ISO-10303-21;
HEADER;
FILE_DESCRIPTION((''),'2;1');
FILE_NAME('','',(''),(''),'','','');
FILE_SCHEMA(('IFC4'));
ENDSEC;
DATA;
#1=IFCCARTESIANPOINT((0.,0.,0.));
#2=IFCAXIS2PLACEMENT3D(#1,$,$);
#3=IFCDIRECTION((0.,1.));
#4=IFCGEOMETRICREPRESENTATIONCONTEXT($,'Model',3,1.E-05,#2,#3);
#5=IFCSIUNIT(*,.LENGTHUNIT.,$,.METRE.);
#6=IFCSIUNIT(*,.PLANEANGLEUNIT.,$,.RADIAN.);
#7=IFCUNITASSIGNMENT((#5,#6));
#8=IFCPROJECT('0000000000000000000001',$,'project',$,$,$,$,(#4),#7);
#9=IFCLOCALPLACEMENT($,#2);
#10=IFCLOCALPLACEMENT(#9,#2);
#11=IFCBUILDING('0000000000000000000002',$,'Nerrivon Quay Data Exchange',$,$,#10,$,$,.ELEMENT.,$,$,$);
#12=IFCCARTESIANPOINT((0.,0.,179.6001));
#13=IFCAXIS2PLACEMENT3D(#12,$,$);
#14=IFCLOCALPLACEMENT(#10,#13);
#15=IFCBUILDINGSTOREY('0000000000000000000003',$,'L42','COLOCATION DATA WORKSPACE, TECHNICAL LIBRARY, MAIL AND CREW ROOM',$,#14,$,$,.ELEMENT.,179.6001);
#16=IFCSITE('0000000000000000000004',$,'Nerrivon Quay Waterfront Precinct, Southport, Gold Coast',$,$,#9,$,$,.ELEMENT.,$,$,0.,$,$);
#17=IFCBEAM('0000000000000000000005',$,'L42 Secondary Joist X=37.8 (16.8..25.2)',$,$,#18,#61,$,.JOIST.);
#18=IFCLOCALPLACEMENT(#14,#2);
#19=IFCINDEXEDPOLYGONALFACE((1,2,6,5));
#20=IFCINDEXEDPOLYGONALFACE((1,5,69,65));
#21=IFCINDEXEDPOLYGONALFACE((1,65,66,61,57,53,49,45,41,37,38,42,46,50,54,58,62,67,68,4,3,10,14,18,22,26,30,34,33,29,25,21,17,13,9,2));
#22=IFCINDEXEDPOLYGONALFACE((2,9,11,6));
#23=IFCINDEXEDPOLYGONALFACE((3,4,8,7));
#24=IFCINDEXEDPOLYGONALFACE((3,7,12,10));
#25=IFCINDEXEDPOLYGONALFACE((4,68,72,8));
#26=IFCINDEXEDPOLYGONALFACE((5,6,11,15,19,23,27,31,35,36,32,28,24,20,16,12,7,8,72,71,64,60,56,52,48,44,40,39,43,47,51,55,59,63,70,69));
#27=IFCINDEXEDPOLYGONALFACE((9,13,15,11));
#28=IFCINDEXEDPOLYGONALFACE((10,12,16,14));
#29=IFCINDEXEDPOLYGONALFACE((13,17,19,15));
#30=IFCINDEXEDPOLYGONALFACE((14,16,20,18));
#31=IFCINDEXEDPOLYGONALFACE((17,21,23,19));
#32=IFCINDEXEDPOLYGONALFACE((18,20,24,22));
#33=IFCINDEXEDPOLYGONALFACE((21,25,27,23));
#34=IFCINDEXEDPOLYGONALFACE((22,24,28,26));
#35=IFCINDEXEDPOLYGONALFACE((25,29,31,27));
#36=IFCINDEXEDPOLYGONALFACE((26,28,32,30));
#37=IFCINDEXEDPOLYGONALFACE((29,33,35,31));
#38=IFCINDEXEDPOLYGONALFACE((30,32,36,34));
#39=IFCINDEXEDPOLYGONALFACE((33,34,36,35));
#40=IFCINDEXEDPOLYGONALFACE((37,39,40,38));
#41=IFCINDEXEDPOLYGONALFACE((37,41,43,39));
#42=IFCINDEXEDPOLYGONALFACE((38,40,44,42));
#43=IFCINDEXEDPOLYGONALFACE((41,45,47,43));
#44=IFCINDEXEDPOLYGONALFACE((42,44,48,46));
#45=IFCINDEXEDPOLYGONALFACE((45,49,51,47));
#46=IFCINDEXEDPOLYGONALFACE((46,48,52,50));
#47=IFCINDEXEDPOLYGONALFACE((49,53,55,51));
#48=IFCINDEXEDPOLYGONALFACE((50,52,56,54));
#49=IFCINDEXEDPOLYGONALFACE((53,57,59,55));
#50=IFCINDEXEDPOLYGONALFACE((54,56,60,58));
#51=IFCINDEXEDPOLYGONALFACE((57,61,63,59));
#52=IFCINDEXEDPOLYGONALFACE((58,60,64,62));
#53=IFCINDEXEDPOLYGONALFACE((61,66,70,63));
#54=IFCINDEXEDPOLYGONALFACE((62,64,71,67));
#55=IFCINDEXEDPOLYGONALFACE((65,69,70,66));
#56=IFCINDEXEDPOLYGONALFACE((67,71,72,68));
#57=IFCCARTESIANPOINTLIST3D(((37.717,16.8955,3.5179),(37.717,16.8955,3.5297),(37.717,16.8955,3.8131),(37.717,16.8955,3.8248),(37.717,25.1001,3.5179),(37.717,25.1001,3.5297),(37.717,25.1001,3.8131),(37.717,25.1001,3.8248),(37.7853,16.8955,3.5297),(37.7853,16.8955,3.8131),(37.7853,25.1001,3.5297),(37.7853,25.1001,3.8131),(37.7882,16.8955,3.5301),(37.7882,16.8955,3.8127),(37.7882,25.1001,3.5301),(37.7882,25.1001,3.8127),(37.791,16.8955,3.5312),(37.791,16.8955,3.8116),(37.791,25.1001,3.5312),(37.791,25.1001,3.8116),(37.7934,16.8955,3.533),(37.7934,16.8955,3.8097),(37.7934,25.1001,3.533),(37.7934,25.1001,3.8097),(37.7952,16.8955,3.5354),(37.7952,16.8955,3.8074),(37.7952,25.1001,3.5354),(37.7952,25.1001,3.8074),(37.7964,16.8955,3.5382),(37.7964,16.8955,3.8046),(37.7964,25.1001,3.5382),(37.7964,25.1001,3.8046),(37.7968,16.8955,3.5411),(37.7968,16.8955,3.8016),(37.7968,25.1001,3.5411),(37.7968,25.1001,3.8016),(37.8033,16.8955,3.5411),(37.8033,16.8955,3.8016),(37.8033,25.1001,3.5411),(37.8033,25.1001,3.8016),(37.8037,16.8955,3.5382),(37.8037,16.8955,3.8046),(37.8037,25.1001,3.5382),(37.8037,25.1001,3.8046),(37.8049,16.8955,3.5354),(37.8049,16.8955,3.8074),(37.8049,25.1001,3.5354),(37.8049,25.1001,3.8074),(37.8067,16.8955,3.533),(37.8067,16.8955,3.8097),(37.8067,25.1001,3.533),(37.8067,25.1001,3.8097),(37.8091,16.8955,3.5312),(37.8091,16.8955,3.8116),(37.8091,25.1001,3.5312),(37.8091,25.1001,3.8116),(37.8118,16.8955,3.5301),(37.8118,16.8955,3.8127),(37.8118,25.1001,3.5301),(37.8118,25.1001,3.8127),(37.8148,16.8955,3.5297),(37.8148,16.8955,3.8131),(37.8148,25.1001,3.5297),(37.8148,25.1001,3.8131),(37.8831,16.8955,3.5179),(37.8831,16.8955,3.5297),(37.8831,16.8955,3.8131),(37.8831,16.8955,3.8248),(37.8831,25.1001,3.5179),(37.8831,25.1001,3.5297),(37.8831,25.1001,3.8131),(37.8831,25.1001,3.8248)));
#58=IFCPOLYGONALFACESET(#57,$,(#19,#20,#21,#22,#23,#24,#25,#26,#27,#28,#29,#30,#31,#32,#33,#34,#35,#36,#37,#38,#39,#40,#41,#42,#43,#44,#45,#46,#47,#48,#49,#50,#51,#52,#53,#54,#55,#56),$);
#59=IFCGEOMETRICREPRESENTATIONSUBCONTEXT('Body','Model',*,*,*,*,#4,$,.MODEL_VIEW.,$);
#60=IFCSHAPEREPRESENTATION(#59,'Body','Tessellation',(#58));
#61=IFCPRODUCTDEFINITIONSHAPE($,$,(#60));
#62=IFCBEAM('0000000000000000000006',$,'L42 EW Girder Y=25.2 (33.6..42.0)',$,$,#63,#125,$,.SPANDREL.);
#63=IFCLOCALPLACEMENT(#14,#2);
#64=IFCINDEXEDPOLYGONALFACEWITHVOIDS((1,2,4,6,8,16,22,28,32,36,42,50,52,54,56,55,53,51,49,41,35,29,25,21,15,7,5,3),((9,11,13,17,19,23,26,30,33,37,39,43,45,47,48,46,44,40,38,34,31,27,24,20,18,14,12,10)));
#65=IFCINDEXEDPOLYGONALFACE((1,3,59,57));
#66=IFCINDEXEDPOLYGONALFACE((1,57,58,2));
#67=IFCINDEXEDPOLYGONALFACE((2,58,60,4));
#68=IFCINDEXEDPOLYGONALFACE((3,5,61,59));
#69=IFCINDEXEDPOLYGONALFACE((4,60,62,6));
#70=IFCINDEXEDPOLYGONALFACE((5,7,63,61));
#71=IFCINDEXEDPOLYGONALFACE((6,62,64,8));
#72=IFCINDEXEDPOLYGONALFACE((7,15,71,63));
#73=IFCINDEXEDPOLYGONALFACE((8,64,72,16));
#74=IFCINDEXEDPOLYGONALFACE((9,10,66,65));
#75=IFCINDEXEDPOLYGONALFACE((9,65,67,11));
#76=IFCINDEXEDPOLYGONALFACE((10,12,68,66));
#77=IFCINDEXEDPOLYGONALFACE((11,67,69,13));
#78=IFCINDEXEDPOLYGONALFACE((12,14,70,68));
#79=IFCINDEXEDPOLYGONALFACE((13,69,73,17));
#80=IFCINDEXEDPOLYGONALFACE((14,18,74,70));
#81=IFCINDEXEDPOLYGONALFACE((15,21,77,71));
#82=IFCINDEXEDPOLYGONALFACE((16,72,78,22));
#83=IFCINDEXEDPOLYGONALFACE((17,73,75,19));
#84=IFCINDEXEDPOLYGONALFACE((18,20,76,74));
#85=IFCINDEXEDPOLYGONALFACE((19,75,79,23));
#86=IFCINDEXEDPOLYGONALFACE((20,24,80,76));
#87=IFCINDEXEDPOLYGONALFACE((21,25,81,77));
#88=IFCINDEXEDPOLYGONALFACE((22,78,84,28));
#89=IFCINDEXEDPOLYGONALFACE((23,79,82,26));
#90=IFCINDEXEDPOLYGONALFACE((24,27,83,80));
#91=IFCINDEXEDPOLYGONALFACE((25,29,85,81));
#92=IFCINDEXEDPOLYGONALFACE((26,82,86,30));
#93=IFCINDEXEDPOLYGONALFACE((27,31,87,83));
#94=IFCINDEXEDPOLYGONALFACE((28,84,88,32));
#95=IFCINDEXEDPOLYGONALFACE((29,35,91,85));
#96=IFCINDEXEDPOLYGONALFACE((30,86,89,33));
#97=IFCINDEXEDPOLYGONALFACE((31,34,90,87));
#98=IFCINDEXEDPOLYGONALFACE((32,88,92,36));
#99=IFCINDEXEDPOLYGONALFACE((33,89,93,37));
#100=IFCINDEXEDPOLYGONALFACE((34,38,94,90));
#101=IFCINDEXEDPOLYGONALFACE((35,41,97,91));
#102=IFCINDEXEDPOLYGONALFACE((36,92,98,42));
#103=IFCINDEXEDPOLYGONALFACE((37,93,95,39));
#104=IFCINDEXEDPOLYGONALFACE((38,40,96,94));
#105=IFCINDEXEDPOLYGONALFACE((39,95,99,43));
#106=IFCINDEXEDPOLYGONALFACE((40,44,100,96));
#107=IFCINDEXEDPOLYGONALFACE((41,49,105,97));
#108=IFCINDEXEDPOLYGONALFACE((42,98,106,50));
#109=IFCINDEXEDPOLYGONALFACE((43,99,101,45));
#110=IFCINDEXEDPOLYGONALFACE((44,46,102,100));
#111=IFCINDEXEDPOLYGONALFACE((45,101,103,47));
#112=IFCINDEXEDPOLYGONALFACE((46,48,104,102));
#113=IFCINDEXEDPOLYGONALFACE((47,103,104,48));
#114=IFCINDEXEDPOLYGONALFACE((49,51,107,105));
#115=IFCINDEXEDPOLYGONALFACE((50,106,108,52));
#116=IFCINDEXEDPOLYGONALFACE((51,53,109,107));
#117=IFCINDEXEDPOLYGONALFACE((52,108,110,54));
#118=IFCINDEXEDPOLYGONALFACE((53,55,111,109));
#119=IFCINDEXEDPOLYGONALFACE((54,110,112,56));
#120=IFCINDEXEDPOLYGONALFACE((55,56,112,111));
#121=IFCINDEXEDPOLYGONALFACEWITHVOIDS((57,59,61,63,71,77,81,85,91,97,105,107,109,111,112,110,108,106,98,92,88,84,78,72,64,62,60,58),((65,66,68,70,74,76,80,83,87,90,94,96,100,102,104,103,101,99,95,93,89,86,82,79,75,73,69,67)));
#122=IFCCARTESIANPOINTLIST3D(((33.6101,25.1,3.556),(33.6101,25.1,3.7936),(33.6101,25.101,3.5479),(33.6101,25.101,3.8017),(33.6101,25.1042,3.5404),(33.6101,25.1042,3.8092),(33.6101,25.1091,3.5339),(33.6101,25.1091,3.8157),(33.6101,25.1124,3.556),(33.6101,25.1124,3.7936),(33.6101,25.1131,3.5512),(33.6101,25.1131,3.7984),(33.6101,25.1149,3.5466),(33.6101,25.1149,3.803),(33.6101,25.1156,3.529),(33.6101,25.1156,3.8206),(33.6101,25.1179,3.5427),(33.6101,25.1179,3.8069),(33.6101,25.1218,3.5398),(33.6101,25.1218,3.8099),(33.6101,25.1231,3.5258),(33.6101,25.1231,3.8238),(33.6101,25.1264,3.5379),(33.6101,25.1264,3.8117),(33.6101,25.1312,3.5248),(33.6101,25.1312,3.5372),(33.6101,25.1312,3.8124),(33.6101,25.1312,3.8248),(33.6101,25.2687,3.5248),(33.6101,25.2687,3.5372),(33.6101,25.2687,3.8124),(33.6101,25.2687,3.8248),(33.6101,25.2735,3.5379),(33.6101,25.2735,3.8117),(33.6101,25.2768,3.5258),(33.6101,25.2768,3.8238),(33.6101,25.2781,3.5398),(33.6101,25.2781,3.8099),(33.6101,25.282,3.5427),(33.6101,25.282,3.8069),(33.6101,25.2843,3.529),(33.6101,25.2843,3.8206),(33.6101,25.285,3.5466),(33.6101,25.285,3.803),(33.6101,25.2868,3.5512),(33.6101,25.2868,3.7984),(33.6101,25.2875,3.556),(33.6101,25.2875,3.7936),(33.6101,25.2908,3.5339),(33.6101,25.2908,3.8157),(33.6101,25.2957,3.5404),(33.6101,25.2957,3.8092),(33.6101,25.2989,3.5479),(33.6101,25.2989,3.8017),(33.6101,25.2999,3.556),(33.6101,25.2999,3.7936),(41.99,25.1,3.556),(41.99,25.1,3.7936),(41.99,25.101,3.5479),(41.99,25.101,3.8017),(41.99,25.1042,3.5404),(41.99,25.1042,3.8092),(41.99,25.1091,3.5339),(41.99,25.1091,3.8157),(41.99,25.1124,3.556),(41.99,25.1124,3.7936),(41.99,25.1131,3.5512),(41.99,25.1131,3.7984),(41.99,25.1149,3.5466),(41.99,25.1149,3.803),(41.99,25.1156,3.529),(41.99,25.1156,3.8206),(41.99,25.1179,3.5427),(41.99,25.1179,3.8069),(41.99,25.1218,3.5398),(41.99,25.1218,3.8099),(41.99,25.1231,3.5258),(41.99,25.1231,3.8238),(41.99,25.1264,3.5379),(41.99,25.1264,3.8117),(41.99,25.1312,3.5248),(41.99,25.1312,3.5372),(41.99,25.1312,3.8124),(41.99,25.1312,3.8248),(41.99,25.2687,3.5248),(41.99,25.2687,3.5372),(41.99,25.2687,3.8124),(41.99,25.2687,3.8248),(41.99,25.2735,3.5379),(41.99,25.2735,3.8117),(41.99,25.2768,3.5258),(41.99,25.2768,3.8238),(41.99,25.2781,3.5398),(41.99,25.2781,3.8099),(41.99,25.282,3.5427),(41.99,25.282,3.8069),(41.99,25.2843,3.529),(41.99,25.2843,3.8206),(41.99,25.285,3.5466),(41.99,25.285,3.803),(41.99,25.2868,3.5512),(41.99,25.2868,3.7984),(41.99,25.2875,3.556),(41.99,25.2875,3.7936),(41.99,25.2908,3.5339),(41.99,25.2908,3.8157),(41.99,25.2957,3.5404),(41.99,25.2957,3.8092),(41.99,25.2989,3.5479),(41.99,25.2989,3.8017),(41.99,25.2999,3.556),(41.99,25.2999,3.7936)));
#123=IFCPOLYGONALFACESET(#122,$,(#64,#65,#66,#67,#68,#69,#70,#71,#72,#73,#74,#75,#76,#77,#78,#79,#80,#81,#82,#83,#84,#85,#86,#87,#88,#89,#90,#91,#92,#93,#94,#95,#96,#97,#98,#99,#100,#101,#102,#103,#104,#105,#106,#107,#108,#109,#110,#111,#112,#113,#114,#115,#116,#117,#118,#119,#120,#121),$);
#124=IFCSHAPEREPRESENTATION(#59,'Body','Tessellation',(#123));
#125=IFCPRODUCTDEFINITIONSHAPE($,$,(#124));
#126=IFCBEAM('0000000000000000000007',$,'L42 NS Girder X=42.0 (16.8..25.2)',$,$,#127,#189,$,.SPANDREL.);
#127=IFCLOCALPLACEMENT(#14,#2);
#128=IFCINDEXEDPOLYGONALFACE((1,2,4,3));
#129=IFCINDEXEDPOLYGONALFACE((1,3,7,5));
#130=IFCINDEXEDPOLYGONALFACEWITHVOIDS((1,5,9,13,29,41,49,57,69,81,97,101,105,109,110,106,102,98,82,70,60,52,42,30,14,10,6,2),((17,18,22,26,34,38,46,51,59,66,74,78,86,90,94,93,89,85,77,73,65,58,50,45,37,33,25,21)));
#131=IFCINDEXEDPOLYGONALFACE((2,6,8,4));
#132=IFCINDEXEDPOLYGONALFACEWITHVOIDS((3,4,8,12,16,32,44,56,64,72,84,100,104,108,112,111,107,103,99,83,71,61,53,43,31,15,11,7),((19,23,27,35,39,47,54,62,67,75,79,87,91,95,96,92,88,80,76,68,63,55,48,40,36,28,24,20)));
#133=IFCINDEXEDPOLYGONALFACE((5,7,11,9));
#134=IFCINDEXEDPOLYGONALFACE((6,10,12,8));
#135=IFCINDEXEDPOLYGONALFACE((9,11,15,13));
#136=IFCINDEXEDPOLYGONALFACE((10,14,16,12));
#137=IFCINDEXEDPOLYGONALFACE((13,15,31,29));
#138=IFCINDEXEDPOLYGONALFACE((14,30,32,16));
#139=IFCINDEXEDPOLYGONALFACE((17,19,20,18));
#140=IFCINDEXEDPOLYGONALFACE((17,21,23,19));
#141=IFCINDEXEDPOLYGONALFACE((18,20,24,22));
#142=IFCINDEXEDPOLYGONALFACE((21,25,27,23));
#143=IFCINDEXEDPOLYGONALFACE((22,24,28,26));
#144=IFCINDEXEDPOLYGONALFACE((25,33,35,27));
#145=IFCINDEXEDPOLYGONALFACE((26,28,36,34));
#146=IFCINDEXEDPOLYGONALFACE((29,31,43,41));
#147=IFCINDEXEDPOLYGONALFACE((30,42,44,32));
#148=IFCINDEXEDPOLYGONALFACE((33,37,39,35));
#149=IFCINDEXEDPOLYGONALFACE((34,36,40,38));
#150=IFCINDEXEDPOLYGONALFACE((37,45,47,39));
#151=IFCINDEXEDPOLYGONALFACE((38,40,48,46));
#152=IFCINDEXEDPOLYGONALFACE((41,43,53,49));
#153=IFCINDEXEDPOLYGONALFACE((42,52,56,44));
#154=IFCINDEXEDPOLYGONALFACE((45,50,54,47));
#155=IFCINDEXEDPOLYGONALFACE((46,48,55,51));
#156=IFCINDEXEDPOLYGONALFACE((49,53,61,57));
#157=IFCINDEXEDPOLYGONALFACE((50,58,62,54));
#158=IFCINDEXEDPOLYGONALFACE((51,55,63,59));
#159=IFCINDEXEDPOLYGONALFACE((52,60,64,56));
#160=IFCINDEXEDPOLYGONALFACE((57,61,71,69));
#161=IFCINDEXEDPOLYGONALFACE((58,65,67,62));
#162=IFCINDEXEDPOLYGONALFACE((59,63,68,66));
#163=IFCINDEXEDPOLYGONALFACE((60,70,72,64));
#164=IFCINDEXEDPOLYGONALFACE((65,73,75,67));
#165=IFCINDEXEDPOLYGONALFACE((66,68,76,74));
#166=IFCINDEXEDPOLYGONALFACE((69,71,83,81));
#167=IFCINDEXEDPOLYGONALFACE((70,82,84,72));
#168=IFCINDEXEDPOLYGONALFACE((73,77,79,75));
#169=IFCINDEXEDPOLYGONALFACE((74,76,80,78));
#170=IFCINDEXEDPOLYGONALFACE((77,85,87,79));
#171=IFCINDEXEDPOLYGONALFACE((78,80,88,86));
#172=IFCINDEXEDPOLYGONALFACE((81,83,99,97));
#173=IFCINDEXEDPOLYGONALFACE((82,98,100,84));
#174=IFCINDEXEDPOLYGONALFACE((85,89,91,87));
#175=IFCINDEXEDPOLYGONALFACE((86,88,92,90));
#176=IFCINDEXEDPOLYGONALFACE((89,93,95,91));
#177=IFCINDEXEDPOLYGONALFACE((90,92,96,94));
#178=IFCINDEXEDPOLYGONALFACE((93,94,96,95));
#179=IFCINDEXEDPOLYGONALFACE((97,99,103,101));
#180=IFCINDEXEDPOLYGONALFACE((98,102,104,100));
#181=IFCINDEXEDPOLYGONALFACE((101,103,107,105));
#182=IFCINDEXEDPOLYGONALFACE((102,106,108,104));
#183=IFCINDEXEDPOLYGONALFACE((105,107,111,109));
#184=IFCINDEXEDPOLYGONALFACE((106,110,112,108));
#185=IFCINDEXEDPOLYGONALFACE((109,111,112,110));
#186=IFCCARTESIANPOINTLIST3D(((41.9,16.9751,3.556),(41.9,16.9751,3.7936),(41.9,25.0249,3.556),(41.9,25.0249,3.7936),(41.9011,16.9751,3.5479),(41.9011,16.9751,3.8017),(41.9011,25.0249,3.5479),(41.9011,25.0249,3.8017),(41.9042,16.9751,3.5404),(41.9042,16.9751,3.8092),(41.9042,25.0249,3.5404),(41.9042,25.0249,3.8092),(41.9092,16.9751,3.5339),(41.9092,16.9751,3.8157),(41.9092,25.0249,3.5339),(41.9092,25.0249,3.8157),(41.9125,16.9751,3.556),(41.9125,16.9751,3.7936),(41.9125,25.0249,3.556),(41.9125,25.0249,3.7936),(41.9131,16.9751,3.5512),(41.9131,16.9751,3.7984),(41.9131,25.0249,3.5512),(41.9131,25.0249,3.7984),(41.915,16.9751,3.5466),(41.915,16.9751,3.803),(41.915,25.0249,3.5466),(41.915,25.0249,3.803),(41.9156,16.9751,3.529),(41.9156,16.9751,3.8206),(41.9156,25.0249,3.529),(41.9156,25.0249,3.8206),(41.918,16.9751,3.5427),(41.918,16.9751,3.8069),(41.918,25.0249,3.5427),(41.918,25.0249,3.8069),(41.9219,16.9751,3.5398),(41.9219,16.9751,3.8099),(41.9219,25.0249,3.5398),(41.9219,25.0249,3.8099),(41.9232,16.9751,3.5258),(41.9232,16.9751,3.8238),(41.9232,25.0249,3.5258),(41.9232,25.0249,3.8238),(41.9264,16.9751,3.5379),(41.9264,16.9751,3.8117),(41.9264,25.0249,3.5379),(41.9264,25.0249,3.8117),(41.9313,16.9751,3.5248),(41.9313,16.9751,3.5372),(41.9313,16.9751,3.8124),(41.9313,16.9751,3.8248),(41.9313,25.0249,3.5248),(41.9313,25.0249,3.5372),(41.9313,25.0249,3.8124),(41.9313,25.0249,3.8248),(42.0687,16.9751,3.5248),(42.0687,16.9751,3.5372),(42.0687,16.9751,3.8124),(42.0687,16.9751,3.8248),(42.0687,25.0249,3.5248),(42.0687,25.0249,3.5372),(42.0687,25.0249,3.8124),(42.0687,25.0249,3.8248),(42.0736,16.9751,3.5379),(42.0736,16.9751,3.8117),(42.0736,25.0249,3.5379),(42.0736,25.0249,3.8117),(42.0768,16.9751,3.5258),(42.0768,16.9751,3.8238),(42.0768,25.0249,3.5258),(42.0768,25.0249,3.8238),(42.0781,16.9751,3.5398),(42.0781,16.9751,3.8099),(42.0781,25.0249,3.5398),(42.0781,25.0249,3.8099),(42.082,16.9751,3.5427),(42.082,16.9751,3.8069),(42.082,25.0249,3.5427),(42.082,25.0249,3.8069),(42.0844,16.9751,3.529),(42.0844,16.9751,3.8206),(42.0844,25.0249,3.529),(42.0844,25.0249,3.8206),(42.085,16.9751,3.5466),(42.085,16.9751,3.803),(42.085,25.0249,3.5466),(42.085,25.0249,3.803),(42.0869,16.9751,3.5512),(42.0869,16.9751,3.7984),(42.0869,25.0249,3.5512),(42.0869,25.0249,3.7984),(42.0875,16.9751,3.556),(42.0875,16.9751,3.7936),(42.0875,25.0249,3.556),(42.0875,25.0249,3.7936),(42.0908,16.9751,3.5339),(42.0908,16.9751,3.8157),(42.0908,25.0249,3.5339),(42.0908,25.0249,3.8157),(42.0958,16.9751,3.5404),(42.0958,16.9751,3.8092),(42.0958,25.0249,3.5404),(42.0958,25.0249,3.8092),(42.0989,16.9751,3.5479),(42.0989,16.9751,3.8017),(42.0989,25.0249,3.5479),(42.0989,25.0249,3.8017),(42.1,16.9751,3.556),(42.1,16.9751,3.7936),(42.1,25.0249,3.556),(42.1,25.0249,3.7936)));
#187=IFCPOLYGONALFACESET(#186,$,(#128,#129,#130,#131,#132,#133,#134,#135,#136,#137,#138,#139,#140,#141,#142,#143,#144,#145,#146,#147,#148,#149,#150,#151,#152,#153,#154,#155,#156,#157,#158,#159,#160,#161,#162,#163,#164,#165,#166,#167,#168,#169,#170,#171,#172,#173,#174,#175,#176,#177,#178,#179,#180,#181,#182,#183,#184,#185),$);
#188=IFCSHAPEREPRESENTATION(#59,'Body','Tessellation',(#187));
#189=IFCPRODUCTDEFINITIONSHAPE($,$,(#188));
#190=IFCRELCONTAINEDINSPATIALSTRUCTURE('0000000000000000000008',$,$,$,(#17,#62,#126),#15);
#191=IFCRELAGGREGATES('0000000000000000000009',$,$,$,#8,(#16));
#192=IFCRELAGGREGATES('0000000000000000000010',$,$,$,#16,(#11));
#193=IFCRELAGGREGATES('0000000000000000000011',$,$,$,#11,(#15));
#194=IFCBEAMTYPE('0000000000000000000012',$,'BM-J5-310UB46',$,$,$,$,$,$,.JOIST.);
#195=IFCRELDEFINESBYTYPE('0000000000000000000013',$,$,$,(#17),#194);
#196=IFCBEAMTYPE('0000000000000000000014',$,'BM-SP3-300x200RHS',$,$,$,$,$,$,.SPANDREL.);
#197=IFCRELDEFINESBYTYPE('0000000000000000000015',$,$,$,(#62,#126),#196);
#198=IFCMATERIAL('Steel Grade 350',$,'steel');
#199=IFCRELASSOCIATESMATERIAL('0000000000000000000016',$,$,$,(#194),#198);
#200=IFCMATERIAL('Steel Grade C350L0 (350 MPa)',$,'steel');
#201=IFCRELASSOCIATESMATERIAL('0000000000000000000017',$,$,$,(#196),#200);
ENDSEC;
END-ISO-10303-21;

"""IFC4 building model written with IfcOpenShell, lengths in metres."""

from ifc_helpers import new_model, si_unit, direction, frame, origin, origin_2d, place, context, subcontext, project, spatial, hollow_rectangle, i_section, extrude, material, material_profile, profile_set, type_object, element, save


model = new_model("IFC4")

# Units and contexts
model_context = context("Model", 3, precision=1e-05, world=origin(), true_north=direction((0.0, 1.0)))
body_context = subcontext(model_context, "Body", "Model", "MODEL_VIEW")
ifc_project = project(units=[si_unit("LENGTHUNIT", "METRE"), si_unit("PLANEANGLEUNIT", "RADIAN")], contexts=[model_context])

# Site, building, storey
site_placement = place(None, origin())
site = spatial("IfcSite", under=ifc_project, at=site_placement, Name="Nerrivon Quay Waterfront Precinct, Southport, Gold Coast", CompositionType="ELEMENT", RefElevation=0.0)
building_placement = place(site_placement, origin())
building = spatial("IfcBuilding", under=site, at=building_placement, Name="Nerrivon Quay Data Exchange", CompositionType="ELEMENT")
storey_placement = place(building_placement, frame((0.0, 0.0, 179.6001)))
storey = spatial("IfcBuildingStorey", under=building, at=storey_placement, Name="L42", Description="COLOCATION DATA WORKSPACE, TECHNICAL LIBRARY, MAIL AND CREW ROOM", CompositionType="ELEMENT", Elevation=179.6001)

# Shared definitions
ifc_material_1 = material(Name="Steel Grade 350", Category="steel")

# Beams
ifc_material_profile_1 = material_profile(ifc_material_1, i_section(OverallWidth=0.166, OverallDepth=0.3069, WebThickness=0.0066, FlangeThickness=0.0117, FilletRadius=0.0115, at=origin_2d()), Name="310UB46.2")
ifc_profile_set_1 = profile_set([ifc_material_profile_1], Name="Steel Grade 350")
beam_type_1 = type_object("IfcBeamType", Name="BM-J5-310UB46", PredefinedType="JOIST", material=ifc_profile_set_1)
beam_1_placement = place(storey_placement, frame((37.8, 16.8955, 3.6714), z_axis=(0.0, 1.0, 0.0), x_axis=(-1.0, 0.0, 0.0)))
element("IfcBeam", 1, at=beam_1_placement, inside=storey, type_object=beam_type_1, Name="L42 Secondary Joist X=37.8 (16.8..25.2)", PredefinedType="JOIST", context=body_context, shape_type="SweptSolid", body=[
    extrude(i_section(OverallWidth=0.166, OverallDepth=0.3069, WebThickness=0.0066, FlangeThickness=0.0117, FilletRadius=0.0115, at=origin_2d()), origin(), (0.0, 0.0, 1.0), 8.2046),
])
ifc_material_2 = material(Name="Steel Grade C350L0 (350 MPa)", Category="steel")
ifc_material_profile_2 = material_profile(ifc_material_2, hollow_rectangle(XDim=0.2, YDim=0.3, WallThickness=0.0125, InnerFilletRadius=0.0188, OuterFilletRadius=0.0312, at=origin_2d()), Name="300x200x12.5RHS")
ifc_profile_set_2 = profile_set([ifc_material_profile_2], Name="Steel Grade C350L0 (350 MPa)")
beam_type_2 = type_object("IfcBeamType", Name="BM-SP3-300x200RHS", PredefinedType="SPANDREL", material=ifc_profile_set_2)
beam_2_placement = place(storey_placement, frame((33.6101, 25.2, 3.6748), z_axis=(1.0, 0.0, 0.0), x_axis=(0.0, 1.0, 0.0)))
element("IfcBeam", 2, at=beam_2_placement, inside=storey, type_object=beam_type_2, Name="L42 EW Girder Y=25.2 (33.6..42.0)", PredefinedType="SPANDREL", context=body_context, shape_type="SweptSolid", body=[
    extrude(hollow_rectangle(XDim=0.2, YDim=0.3, WallThickness=0.0125, InnerFilletRadius=0.0188, OuterFilletRadius=0.0312, at=origin_2d()), origin(), (0.0, 0.0, 1.0), 8.3799),
])
beam_3_placement = place(storey_placement, frame((42.0, 16.9751, 3.6748), z_axis=(0.0, 1.0, 0.0), x_axis=(-1.0, 0.0, 0.0)))
element("IfcBeam", 3, at=beam_3_placement, inside=storey, type_object=beam_type_2, Name="L42 NS Girder X=42.0 (16.8..25.2)", PredefinedType="SPANDREL", context=body_context, shape_type="SweptSolid", body=[
    extrude(hollow_rectangle(XDim=0.2, YDim=0.3, WallThickness=0.0125, InnerFilletRadius=0.0188, OuterFilletRadius=0.0312, at=origin_2d()), origin(), (0.0, 0.0, 1.0), 8.0498),
])

save(model, "model.ifc")
